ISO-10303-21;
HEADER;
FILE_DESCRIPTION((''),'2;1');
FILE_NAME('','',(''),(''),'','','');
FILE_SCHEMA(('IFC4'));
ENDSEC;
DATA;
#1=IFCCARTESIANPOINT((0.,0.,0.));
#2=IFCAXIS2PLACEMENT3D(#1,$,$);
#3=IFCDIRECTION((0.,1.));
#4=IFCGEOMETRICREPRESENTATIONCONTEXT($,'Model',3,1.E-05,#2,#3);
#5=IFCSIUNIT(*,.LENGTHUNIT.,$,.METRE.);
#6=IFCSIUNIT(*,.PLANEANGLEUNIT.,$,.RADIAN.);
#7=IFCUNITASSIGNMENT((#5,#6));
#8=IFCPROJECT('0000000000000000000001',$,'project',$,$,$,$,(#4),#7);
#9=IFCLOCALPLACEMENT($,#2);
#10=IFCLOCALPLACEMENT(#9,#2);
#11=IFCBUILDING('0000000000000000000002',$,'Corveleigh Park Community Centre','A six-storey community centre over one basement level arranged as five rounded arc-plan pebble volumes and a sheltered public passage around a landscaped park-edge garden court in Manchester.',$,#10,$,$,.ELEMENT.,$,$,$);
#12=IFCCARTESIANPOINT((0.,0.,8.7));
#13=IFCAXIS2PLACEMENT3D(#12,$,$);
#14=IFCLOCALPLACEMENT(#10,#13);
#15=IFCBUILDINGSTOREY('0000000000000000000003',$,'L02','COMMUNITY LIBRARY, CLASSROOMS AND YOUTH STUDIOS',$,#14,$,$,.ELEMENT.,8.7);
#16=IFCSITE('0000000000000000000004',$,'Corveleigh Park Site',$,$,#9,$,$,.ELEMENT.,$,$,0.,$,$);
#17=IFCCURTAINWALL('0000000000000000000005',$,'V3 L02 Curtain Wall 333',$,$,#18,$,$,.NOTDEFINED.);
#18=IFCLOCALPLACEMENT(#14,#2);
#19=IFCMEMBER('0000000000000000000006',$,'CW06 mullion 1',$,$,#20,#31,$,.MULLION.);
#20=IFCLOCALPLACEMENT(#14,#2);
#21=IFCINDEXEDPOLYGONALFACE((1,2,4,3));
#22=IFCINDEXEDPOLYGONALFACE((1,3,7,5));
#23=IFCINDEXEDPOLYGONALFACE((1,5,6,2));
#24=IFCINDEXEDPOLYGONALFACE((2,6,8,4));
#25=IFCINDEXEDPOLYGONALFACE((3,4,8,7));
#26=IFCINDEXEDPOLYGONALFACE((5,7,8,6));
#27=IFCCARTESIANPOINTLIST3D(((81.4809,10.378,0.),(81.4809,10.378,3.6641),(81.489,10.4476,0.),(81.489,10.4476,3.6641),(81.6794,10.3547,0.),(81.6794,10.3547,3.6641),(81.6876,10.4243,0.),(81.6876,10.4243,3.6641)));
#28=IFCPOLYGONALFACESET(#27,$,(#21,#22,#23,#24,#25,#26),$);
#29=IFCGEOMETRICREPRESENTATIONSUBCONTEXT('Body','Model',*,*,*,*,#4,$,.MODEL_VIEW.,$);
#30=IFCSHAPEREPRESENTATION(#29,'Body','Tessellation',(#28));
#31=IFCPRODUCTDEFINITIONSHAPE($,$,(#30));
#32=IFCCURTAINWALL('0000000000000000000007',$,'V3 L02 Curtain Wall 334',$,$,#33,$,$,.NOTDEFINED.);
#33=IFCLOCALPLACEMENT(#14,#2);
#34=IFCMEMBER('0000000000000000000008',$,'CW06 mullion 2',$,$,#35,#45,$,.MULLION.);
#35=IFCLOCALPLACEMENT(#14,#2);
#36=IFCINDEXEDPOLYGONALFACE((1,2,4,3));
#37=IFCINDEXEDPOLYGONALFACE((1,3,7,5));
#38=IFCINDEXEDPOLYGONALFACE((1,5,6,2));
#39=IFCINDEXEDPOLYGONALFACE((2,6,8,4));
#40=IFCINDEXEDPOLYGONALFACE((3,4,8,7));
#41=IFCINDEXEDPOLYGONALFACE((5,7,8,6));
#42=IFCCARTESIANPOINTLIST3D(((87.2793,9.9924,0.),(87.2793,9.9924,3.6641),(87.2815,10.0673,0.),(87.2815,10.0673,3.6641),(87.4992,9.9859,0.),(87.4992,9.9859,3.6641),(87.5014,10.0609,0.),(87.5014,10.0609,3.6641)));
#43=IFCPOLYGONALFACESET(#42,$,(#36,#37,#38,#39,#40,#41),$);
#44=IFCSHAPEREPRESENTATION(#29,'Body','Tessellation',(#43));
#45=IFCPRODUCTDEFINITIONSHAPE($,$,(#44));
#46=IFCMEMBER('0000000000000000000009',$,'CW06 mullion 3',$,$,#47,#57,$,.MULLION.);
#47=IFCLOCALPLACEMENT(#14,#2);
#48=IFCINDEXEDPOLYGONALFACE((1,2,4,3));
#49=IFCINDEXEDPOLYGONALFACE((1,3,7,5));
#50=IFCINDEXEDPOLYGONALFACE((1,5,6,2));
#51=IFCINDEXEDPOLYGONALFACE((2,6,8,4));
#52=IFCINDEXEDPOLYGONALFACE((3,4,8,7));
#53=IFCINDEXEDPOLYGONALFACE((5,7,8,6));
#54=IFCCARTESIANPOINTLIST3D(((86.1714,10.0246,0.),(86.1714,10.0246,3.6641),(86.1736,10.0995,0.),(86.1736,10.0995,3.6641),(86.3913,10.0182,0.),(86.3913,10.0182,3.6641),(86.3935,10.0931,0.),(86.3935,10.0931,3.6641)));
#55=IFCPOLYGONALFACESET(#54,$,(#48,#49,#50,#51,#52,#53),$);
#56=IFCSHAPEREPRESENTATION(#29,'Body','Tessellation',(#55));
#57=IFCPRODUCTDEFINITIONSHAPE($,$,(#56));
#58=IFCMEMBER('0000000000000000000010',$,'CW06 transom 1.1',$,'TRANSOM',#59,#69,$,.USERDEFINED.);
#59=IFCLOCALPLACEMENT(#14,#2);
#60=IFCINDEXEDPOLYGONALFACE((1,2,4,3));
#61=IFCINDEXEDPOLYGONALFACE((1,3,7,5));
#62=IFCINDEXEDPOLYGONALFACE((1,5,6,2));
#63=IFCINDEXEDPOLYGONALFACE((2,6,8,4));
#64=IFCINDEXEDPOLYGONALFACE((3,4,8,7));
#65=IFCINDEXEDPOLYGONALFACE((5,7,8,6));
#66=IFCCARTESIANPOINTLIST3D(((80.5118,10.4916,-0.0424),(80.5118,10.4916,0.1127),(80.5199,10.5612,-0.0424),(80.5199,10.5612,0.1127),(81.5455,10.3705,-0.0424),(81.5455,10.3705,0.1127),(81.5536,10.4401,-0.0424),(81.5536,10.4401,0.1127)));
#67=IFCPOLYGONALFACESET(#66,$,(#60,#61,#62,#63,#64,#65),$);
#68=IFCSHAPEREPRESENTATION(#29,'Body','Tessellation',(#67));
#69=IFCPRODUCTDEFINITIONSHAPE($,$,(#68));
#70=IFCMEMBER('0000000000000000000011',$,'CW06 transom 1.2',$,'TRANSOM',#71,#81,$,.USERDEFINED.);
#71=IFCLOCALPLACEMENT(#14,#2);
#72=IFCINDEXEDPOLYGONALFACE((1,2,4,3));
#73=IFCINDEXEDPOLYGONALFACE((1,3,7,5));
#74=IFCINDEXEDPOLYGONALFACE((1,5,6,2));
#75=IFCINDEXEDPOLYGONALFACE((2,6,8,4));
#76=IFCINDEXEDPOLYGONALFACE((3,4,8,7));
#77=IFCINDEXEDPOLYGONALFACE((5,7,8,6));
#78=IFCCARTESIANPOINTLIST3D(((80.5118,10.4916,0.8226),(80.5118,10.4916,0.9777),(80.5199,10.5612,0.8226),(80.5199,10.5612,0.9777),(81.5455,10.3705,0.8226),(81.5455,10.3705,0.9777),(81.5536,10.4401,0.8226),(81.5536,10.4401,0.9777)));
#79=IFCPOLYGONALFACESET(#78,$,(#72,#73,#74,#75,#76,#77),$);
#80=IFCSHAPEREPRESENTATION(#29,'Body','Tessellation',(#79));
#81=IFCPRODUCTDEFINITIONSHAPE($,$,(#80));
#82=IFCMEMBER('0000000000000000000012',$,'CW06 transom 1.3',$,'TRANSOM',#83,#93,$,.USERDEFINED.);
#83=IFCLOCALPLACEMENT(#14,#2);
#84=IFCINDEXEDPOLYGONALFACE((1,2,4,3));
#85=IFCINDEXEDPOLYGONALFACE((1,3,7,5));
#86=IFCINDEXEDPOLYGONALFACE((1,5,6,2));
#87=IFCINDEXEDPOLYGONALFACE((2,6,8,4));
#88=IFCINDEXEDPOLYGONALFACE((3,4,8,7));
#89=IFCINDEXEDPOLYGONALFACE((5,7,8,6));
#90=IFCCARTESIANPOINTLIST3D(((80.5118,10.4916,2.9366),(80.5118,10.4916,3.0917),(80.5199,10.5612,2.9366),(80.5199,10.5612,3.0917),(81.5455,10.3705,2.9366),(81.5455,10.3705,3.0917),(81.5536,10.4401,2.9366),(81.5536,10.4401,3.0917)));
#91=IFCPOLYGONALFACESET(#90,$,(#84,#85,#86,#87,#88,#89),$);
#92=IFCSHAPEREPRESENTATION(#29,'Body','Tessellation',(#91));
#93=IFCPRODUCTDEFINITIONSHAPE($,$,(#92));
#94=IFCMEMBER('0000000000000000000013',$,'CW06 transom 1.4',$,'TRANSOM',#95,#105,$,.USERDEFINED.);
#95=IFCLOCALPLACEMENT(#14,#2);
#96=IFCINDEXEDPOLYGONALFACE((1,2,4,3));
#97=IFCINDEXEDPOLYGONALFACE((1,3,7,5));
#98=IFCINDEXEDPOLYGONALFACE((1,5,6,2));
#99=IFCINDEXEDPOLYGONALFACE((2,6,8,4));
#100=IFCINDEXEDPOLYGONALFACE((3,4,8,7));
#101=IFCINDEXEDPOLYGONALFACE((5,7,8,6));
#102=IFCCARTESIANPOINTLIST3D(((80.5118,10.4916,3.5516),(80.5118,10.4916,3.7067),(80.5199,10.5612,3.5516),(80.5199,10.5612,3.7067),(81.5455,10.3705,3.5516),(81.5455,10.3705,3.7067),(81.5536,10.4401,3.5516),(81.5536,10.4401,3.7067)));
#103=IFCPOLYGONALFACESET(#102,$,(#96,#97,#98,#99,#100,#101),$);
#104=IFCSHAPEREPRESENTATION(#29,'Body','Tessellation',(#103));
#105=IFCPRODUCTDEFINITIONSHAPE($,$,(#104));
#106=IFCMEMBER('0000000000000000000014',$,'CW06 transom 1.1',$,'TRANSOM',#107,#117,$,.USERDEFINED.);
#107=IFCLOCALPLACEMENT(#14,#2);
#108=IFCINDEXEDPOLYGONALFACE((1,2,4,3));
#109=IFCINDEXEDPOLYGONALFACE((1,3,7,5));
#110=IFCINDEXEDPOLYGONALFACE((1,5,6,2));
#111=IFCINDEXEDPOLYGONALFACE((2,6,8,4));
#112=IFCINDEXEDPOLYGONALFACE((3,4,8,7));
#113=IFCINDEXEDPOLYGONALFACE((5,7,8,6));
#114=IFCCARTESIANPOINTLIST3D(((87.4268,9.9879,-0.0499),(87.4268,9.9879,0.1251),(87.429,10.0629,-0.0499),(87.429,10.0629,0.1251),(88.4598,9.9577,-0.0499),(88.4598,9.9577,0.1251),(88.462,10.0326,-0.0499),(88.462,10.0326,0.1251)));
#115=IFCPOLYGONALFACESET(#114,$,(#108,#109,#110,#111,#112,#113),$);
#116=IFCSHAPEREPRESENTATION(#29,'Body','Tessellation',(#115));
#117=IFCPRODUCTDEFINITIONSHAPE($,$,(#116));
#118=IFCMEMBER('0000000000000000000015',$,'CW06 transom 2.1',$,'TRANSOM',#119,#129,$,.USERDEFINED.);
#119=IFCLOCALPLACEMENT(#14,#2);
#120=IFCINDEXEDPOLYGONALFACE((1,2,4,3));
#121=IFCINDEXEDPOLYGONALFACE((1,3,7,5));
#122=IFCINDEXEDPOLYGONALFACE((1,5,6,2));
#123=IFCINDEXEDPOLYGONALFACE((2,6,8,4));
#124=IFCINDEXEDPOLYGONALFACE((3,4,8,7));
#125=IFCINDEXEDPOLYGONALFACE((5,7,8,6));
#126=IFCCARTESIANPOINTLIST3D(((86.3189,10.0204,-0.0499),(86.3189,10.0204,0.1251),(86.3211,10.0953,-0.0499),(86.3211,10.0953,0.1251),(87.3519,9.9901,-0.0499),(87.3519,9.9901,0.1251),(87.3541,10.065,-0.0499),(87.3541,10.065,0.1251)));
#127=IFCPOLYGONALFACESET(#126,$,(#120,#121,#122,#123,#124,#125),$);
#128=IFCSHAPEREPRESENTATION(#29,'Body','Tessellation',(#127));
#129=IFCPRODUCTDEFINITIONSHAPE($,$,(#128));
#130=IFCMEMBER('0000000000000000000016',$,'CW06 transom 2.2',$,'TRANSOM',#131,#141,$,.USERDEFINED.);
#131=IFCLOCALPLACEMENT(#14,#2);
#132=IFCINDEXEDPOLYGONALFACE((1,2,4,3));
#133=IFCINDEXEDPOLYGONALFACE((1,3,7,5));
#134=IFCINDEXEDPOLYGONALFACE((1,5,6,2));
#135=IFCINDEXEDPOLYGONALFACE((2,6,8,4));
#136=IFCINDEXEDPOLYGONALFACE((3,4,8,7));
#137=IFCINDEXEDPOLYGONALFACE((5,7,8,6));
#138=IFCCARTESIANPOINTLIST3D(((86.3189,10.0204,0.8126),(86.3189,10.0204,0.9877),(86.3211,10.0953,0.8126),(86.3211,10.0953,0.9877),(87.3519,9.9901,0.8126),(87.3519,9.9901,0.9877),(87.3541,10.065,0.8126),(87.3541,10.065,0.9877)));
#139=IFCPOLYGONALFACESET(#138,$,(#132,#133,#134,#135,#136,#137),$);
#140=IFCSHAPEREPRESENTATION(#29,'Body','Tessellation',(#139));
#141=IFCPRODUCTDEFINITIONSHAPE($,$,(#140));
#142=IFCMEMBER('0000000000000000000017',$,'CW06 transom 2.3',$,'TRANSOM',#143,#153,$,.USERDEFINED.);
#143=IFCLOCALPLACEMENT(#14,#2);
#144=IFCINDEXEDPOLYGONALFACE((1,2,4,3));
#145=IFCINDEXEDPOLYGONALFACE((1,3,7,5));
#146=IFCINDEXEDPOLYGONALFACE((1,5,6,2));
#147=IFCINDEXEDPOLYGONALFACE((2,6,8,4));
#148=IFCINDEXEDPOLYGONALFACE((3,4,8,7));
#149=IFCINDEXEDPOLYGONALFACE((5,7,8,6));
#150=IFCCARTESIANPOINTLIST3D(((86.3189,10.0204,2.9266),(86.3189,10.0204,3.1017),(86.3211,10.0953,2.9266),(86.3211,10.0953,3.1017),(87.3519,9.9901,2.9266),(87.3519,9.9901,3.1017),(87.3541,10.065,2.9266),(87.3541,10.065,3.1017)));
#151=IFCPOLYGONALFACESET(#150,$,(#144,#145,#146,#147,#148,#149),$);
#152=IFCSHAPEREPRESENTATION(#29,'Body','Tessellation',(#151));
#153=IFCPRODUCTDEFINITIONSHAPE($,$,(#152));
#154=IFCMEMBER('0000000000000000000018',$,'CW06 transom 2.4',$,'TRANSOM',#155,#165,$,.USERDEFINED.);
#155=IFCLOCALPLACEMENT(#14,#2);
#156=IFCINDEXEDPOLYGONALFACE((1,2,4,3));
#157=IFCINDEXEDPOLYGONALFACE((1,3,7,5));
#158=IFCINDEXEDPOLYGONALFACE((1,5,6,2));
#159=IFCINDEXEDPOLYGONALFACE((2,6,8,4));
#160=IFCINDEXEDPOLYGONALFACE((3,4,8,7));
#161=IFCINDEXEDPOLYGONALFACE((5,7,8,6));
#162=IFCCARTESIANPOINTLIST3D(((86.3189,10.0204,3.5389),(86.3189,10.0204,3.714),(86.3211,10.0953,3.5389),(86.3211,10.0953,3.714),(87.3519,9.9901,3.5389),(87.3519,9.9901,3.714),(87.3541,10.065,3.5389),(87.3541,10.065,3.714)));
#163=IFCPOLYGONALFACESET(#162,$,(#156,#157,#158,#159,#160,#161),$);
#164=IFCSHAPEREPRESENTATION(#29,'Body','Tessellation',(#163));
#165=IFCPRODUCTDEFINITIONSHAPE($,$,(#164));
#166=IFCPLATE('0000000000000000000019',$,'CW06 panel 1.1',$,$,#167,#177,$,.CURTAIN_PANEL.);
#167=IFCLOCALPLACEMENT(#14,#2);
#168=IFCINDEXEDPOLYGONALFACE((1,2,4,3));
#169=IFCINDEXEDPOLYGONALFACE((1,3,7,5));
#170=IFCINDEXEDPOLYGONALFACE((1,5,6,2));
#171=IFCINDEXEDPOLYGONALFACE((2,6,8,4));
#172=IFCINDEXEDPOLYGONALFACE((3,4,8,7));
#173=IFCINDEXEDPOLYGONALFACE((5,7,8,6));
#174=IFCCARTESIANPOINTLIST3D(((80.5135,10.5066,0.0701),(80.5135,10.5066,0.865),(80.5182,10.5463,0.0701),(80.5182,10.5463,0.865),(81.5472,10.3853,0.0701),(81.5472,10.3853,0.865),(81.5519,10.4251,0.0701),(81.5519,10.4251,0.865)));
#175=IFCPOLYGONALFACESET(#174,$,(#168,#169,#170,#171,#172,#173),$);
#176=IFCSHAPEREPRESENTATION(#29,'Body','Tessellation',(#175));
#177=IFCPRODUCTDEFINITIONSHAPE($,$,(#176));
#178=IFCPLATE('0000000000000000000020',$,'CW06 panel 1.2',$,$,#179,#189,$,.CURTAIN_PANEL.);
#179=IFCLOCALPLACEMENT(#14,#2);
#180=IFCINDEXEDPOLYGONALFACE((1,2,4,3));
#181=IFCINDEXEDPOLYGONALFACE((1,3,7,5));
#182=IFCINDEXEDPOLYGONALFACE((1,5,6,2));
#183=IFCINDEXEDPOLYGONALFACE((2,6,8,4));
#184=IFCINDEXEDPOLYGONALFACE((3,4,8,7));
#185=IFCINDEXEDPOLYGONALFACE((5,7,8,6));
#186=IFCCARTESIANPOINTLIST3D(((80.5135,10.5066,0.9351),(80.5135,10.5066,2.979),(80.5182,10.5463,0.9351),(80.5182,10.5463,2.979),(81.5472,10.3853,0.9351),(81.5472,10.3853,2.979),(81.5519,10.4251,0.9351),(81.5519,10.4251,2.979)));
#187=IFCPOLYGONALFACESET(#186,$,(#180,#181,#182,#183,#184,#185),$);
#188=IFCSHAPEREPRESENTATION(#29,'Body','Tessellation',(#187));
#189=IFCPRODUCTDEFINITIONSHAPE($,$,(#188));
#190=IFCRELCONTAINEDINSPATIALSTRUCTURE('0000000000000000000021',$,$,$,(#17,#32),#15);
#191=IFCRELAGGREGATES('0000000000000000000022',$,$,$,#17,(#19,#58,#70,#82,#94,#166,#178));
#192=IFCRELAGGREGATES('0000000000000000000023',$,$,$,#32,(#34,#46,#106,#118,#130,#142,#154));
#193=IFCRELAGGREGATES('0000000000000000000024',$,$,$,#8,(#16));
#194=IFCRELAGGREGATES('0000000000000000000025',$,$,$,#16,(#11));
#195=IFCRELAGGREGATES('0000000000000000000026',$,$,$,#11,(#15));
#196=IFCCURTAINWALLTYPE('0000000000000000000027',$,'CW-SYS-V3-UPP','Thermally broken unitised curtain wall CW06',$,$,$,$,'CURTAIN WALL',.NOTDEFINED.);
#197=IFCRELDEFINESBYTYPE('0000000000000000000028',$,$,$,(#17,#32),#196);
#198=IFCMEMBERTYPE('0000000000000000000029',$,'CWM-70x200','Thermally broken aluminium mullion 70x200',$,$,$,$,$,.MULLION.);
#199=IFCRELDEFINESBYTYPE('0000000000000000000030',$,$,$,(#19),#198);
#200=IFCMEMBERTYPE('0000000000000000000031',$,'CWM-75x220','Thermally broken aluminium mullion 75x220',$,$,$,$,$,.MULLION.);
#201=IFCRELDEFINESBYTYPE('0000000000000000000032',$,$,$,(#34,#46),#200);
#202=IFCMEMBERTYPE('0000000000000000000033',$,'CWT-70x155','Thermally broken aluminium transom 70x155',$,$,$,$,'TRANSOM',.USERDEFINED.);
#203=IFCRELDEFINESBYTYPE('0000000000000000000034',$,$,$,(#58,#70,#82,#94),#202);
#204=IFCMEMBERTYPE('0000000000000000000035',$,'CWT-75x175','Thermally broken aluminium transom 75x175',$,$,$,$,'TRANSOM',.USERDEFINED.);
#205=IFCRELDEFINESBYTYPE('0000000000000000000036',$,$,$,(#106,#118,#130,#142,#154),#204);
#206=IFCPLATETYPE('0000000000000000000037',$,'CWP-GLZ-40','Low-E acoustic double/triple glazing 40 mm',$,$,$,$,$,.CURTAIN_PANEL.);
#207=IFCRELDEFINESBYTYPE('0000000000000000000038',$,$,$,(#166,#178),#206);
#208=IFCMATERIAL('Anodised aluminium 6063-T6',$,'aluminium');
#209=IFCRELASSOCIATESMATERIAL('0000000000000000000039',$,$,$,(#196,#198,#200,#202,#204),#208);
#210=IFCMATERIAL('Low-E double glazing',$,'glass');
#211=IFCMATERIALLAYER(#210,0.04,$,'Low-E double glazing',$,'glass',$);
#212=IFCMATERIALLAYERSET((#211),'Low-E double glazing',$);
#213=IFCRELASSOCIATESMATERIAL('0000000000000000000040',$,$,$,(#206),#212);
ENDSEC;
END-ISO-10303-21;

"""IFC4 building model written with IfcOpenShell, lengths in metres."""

from ifc_helpers import new_model, si_unit, direction, frame, origin, origin_2d, place, context, subcontext, project, spatial, rectangle, extrude, material, layer, layer_set, material_profile, profile_set, type_object, element, aggregate, save


model = new_model("IFC4")

# Units and contexts
model_context = context("Model", 3, precision=1e-05, world=origin(), true_north=direction((0.0, 1.0)))
body_context = subcontext(model_context, "Body", "Model", "MODEL_VIEW")
ifc_project = project(units=[si_unit("LENGTHUNIT", "METRE"), si_unit("PLANEANGLEUNIT", "RADIAN")], contexts=[model_context])

# Site, building, storey
site_placement = place(None, origin())
site = spatial("IfcSite", under=ifc_project, at=site_placement, Name="Corveleigh Park Site", CompositionType="ELEMENT", RefElevation=0.0)
building_placement = place(site_placement, origin())
building = spatial("IfcBuilding", under=site, at=building_placement, Name="Corveleigh Park Community Centre", Description="A six-storey community centre over one basement level arranged as five rounded arc-plan pebble volumes and a sheltered public passage around a landscaped park-edge garden court in Manchester.", CompositionType="ELEMENT")
storey_placement = place(building_placement, frame((0.0, 0.0, 8.7)))
storey = spatial("IfcBuildingStorey", under=building, at=storey_placement, Name="L02", Description="COMMUNITY LIBRARY, CLASSROOMS AND YOUTH STUDIOS", CompositionType="ELEMENT", Elevation=8.7)

# Curtain wall, member
ifc_material_1 = material(Name="Anodised aluminium 6063-T6", Category="aluminium")
curtain_wall_type = type_object("IfcCurtainWallType", Name="CW-SYS-V3-UPP", Description="Thermally broken unitised curtain wall CW06", ElementType="CURTAIN WALL", PredefinedType="NOTDEFINED", material=ifc_material_1)
curtain_wall_1_placement = place(storey_placement, origin())
curtain_wall_1 = element("IfcCurtainWall", 1, at=curtain_wall_1_placement, inside=storey, type_object=curtain_wall_type, Name="V3 L02 Curtain Wall 333", PredefinedType="NOTDEFINED")
ifc_material_profile_1 = material_profile(ifc_material_1, rectangle(XDim=0.0701, YDim=0.2, at=origin_2d()), Name="ALU-M70x200", Category="aluminium")
ifc_profile_set_1 = profile_set([ifc_material_profile_1], Name="Anodised aluminium 6063-T6")
member_type_1 = type_object("IfcMemberType", Name="CWM-70x200", Description="Thermally broken aluminium mullion 70x200", PredefinedType="MULLION", material=ifc_profile_set_1)
member_1_placement = place(storey_placement, frame((81.5842, 10.4011, 0.0), z_axis=(0.0, 0.0, 1.0), x_axis=(-0.116512, -0.993189, 0.0)))
member_1 = element("IfcMember", 2, at=member_1_placement, type_object=member_type_1, Name="CW06 mullion 1", PredefinedType="MULLION", context=body_context, shape_type="SweptSolid", body=[
    extrude(rectangle(XDim=0.0701, YDim=0.2, at=origin_2d()), origin(), (0.0, 0.0, 1.0), 3.6641),
])

# Curtain wall, members
curtain_wall_2_placement = place(storey_placement, origin())
curtain_wall_2 = element("IfcCurtainWall", 3, at=curtain_wall_2_placement, inside=storey, type_object=curtain_wall_type, Name="V3 L02 Curtain Wall 334", PredefinedType="NOTDEFINED")
ifc_material_profile_2 = material_profile(ifc_material_1, rectangle(XDim=0.075, YDim=0.22, at=origin_2d()), Name="ALU-M75x220", Category="aluminium")
ifc_profile_set_2 = profile_set([ifc_material_profile_2], Name="Anodised aluminium 6063-T6")
member_type_2 = type_object("IfcMemberType", Name="CWM-75x220", Description="Thermally broken aluminium mullion 75x220", PredefinedType="MULLION", material=ifc_profile_set_2)
member_2_placement = place(storey_placement, frame((87.3904, 10.0266, 0.0), z_axis=(0.0, 0.0, 1.0), x_axis=(-0.029232, -0.999573, 0.0)))
member_2 = element("IfcMember", 4, at=member_2_placement, type_object=member_type_2, Name="CW06 mullion 2", PredefinedType="MULLION", context=body_context, shape_type="SweptSolid", body=[
    extrude(rectangle(XDim=0.075, YDim=0.22, at=origin_2d()), origin(), (0.0, 0.0, 1.0), 3.6641),
])
member_3_placement = place(storey_placement, frame((86.2825, 10.0588, 0.0), z_axis=(0.0, 0.0, 1.0), x_axis=(-0.029232, -0.999573, 0.0)))
member_3 = element("IfcMember", 5, at=member_3_placement, type_object=member_type_2, Name="CW06 mullion 3", PredefinedType="MULLION", context=body_context, shape_type="SweptSolid", body=[
    extrude(rectangle(XDim=0.075, YDim=0.22, at=origin_2d()), origin(), (0.0, 0.0, 1.0), 3.6641),
])

# Members
ifc_material_profile_3 = material_profile(ifc_material_1, rectangle(XDim=0.0701, YDim=0.155, at=origin_2d()), Name="ALU-T70x155", Category="aluminium")
ifc_profile_set_3 = profile_set([ifc_material_profile_3], Name="Anodised aluminium 6063-T6")
member_type_3 = type_object("IfcMemberType", Name="CWT-70x155", Description="Thermally broken aluminium transom 70x155", ElementType="TRANSOM", PredefinedType="USERDEFINED", material=ifc_profile_set_3)
member_4_placement = place(storey_placement, frame((81.5496, 10.4053, 0.0352), z_axis=(-0.993208, 0.116351, 0.0), x_axis=(-0.116351, -0.993208, 0.0)))
member_4 = element("IfcMember", 6, at=member_4_placement, type_object=member_type_3, Name="CW06 transom 1.1", ObjectType="TRANSOM", PredefinedType="USERDEFINED", context=body_context, shape_type="SweptSolid", body=[
    extrude(rectangle(XDim=0.0701, YDim=0.155, at=origin_2d()), origin(), (0.0, 0.0, 1.0), 1.0408),
])
member_5_placement = place(storey_placement, frame((81.5496, 10.4053, 0.9001), z_axis=(-0.993208, 0.116351, 0.0), x_axis=(-0.116351, -0.993208, 0.0)))
member_5 = element("IfcMember", 7, at=member_5_placement, type_object=member_type_3, Name="CW06 transom 1.2", ObjectType="TRANSOM", PredefinedType="USERDEFINED", context=body_context, shape_type="SweptSolid", body=[
    extrude(rectangle(XDim=0.0701, YDim=0.155, at=origin_2d()), origin(), (0.0, 0.0, 1.0), 1.0408),
])
member_6_placement = place(storey_placement, frame((81.5496, 10.4053, 3.0142), z_axis=(-0.993208, 0.116351, 0.0), x_axis=(-0.116351, -0.993208, 0.0)))
member_6 = element("IfcMember", 8, at=member_6_placement, type_object=member_type_3, Name="CW06 transom 1.3", ObjectType="TRANSOM", PredefinedType="USERDEFINED", context=body_context, shape_type="SweptSolid", body=[
    extrude(rectangle(XDim=0.0701, YDim=0.155, at=origin_2d()), origin(), (0.0, 0.0, 1.0), 1.0408),
])
member_7_placement = place(storey_placement, frame((81.5496, 10.4053, 3.6292), z_axis=(-0.993208, 0.116351, 0.0), x_axis=(-0.116351, -0.993208, 0.0)))
member_7 = element("IfcMember", 9, at=member_7_placement, type_object=member_type_3, Name="CW06 transom 1.4", ObjectType="TRANSOM", PredefinedType="USERDEFINED", context=body_context, shape_type="SweptSolid", body=[
    extrude(rectangle(XDim=0.0701, YDim=0.155, at=origin_2d()), origin(), (0.0, 0.0, 1.0), 1.0408),
])
ifc_material_profile_4 = material_profile(ifc_material_1, rectangle(XDim=0.075, YDim=0.175, at=origin_2d()), Name="ALU-T75x175", Category="aluminium")
ifc_profile_set_4 = profile_set([ifc_material_profile_4], Name="Anodised aluminium 6063-T6")
member_type_4 = type_object("IfcMemberType", Name="CWT-75x175", Description="Thermally broken aluminium transom 75x175", ElementType="TRANSOM", PredefinedType="USERDEFINED", material=ifc_profile_set_4)
member_8_placement = place(storey_placement, frame((88.4609, 9.9951, 0.0376), z_axis=(-0.999571, 0.029295, 0.0), x_axis=(-0.029295, -0.999571, 0.0)))
member_8 = element("IfcMember", 10, at=member_8_placement, type_object=member_type_4, Name="CW06 transom 1.1", ObjectType="TRANSOM", PredefinedType="USERDEFINED", context=body_context, shape_type="SweptSolid", body=[
    extrude(rectangle(XDim=0.075, YDim=0.175, at=origin_2d()), origin(), (0.0, 0.0, 1.0), 1.0334),
])
member_9_placement = place(storey_placement, frame((87.353, 10.0276, 0.0376), z_axis=(-0.999571, 0.029295, 0.0), x_axis=(-0.029295, -0.999571, 0.0)))
member_9 = element("IfcMember", 11, at=member_9_placement, type_object=member_type_4, Name="CW06 transom 2.1", ObjectType="TRANSOM", PredefinedType="USERDEFINED", context=body_context, shape_type="SweptSolid", body=[
    extrude(rectangle(XDim=0.075, YDim=0.175, at=origin_2d()), origin(), (0.0, 0.0, 1.0), 1.0334),
])
member_10_placement = place(storey_placement, frame((87.353, 10.0276, 0.9001), z_axis=(-0.999571, 0.029295, 0.0), x_axis=(-0.029295, -0.999571, 0.0)))
member_10 = element("IfcMember", 12, at=member_10_placement, type_object=member_type_4, Name="CW06 transom 2.2", ObjectType="TRANSOM", PredefinedType="USERDEFINED", context=body_context, shape_type="SweptSolid", body=[
    extrude(rectangle(XDim=0.075, YDim=0.175, at=origin_2d()), origin(), (0.0, 0.0, 1.0), 1.0334),
])
member_11_placement = place(storey_placement, frame((87.353, 10.0276, 3.0142), z_axis=(-0.999571, 0.029295, 0.0), x_axis=(-0.029295, -0.999571, 0.0)))
member_11 = element("IfcMember", 13, at=member_11_placement, type_object=member_type_4, Name="CW06 transom 2.3", ObjectType="TRANSOM", PredefinedType="USERDEFINED", context=body_context, shape_type="SweptSolid", body=[
    extrude(rectangle(XDim=0.075, YDim=0.175, at=origin_2d()), origin(), (0.0, 0.0, 1.0), 1.0334),
])
member_12_placement = place(storey_placement, frame((87.353, 10.0276, 3.6265), z_axis=(-0.999571, 0.029295, 0.0), x_axis=(-0.029295, -0.999571, 0.0)))
member_12 = element("IfcMember", 14, at=member_12_placement, type_object=member_type_4, Name="CW06 transom 2.4", ObjectType="TRANSOM", PredefinedType="USERDEFINED", context=body_context, shape_type="SweptSolid", body=[
    extrude(rectangle(XDim=0.075, YDim=0.175, at=origin_2d()), origin(), (0.0, 0.0, 1.0), 1.0334),
])

# Plates
ifc_material_2 = material(Name="Low-E double glazing", Category="glass")
ifc_layer_1 = layer(ifc_material_2, 0.04, Name="Low-E double glazing", Category="glass")
ifc_layer_set_1 = layer_set([ifc_layer_1], Name="Low-E double glazing")
plate_type_1 = type_object("IfcPlateType", Name="CWP-GLZ-40", Description="Low-E acoustic double/triple glazing 40 mm", PredefinedType="CURTAIN_PANEL", material=ifc_layer_set_1)
plate_1_placement = place(storey_placement, frame((81.0327, 10.4658, 0.0701), z_axis=(0.0, 0.0, 1.0), x_axis=(-0.993189, 0.116512, 0.0)))
plate_1 = element("IfcPlate", 15, at=plate_1_placement, type_object=plate_type_1, Name="CW06 panel 1.1", PredefinedType="CURTAIN_PANEL", context=body_context, shape_type="SweptSolid", body=[
    extrude(rectangle(XDim=1.0408, YDim=0.04, at=origin_2d()), origin(), (0.0, 0.0, 1.0), 0.7949),
])
plate_2_placement = place(storey_placement, frame((81.0327, 10.4658, 0.9351), z_axis=(0.0, 0.0, 1.0), x_axis=(-0.993189, 0.116512, 0.0)))
plate_2 = element("IfcPlate", 16, at=plate_2_placement, type_object=plate_type_1, Name="CW06 panel 1.2", PredefinedType="CURTAIN_PANEL", context=body_context, shape_type="SweptSolid", body=[
    extrude(rectangle(XDim=1.0408, YDim=0.04, at=origin_2d()), origin(), (0.0, 0.0, 1.0), 2.0439),
])
aggregate(curtain_wall_1, [member_1, member_4, member_5, member_6, member_7, plate_1, plate_2])
aggregate(curtain_wall_2, [member_2, member_3, member_8, member_9, member_10, member_11, member_12])

save(model, "model.ifc")
